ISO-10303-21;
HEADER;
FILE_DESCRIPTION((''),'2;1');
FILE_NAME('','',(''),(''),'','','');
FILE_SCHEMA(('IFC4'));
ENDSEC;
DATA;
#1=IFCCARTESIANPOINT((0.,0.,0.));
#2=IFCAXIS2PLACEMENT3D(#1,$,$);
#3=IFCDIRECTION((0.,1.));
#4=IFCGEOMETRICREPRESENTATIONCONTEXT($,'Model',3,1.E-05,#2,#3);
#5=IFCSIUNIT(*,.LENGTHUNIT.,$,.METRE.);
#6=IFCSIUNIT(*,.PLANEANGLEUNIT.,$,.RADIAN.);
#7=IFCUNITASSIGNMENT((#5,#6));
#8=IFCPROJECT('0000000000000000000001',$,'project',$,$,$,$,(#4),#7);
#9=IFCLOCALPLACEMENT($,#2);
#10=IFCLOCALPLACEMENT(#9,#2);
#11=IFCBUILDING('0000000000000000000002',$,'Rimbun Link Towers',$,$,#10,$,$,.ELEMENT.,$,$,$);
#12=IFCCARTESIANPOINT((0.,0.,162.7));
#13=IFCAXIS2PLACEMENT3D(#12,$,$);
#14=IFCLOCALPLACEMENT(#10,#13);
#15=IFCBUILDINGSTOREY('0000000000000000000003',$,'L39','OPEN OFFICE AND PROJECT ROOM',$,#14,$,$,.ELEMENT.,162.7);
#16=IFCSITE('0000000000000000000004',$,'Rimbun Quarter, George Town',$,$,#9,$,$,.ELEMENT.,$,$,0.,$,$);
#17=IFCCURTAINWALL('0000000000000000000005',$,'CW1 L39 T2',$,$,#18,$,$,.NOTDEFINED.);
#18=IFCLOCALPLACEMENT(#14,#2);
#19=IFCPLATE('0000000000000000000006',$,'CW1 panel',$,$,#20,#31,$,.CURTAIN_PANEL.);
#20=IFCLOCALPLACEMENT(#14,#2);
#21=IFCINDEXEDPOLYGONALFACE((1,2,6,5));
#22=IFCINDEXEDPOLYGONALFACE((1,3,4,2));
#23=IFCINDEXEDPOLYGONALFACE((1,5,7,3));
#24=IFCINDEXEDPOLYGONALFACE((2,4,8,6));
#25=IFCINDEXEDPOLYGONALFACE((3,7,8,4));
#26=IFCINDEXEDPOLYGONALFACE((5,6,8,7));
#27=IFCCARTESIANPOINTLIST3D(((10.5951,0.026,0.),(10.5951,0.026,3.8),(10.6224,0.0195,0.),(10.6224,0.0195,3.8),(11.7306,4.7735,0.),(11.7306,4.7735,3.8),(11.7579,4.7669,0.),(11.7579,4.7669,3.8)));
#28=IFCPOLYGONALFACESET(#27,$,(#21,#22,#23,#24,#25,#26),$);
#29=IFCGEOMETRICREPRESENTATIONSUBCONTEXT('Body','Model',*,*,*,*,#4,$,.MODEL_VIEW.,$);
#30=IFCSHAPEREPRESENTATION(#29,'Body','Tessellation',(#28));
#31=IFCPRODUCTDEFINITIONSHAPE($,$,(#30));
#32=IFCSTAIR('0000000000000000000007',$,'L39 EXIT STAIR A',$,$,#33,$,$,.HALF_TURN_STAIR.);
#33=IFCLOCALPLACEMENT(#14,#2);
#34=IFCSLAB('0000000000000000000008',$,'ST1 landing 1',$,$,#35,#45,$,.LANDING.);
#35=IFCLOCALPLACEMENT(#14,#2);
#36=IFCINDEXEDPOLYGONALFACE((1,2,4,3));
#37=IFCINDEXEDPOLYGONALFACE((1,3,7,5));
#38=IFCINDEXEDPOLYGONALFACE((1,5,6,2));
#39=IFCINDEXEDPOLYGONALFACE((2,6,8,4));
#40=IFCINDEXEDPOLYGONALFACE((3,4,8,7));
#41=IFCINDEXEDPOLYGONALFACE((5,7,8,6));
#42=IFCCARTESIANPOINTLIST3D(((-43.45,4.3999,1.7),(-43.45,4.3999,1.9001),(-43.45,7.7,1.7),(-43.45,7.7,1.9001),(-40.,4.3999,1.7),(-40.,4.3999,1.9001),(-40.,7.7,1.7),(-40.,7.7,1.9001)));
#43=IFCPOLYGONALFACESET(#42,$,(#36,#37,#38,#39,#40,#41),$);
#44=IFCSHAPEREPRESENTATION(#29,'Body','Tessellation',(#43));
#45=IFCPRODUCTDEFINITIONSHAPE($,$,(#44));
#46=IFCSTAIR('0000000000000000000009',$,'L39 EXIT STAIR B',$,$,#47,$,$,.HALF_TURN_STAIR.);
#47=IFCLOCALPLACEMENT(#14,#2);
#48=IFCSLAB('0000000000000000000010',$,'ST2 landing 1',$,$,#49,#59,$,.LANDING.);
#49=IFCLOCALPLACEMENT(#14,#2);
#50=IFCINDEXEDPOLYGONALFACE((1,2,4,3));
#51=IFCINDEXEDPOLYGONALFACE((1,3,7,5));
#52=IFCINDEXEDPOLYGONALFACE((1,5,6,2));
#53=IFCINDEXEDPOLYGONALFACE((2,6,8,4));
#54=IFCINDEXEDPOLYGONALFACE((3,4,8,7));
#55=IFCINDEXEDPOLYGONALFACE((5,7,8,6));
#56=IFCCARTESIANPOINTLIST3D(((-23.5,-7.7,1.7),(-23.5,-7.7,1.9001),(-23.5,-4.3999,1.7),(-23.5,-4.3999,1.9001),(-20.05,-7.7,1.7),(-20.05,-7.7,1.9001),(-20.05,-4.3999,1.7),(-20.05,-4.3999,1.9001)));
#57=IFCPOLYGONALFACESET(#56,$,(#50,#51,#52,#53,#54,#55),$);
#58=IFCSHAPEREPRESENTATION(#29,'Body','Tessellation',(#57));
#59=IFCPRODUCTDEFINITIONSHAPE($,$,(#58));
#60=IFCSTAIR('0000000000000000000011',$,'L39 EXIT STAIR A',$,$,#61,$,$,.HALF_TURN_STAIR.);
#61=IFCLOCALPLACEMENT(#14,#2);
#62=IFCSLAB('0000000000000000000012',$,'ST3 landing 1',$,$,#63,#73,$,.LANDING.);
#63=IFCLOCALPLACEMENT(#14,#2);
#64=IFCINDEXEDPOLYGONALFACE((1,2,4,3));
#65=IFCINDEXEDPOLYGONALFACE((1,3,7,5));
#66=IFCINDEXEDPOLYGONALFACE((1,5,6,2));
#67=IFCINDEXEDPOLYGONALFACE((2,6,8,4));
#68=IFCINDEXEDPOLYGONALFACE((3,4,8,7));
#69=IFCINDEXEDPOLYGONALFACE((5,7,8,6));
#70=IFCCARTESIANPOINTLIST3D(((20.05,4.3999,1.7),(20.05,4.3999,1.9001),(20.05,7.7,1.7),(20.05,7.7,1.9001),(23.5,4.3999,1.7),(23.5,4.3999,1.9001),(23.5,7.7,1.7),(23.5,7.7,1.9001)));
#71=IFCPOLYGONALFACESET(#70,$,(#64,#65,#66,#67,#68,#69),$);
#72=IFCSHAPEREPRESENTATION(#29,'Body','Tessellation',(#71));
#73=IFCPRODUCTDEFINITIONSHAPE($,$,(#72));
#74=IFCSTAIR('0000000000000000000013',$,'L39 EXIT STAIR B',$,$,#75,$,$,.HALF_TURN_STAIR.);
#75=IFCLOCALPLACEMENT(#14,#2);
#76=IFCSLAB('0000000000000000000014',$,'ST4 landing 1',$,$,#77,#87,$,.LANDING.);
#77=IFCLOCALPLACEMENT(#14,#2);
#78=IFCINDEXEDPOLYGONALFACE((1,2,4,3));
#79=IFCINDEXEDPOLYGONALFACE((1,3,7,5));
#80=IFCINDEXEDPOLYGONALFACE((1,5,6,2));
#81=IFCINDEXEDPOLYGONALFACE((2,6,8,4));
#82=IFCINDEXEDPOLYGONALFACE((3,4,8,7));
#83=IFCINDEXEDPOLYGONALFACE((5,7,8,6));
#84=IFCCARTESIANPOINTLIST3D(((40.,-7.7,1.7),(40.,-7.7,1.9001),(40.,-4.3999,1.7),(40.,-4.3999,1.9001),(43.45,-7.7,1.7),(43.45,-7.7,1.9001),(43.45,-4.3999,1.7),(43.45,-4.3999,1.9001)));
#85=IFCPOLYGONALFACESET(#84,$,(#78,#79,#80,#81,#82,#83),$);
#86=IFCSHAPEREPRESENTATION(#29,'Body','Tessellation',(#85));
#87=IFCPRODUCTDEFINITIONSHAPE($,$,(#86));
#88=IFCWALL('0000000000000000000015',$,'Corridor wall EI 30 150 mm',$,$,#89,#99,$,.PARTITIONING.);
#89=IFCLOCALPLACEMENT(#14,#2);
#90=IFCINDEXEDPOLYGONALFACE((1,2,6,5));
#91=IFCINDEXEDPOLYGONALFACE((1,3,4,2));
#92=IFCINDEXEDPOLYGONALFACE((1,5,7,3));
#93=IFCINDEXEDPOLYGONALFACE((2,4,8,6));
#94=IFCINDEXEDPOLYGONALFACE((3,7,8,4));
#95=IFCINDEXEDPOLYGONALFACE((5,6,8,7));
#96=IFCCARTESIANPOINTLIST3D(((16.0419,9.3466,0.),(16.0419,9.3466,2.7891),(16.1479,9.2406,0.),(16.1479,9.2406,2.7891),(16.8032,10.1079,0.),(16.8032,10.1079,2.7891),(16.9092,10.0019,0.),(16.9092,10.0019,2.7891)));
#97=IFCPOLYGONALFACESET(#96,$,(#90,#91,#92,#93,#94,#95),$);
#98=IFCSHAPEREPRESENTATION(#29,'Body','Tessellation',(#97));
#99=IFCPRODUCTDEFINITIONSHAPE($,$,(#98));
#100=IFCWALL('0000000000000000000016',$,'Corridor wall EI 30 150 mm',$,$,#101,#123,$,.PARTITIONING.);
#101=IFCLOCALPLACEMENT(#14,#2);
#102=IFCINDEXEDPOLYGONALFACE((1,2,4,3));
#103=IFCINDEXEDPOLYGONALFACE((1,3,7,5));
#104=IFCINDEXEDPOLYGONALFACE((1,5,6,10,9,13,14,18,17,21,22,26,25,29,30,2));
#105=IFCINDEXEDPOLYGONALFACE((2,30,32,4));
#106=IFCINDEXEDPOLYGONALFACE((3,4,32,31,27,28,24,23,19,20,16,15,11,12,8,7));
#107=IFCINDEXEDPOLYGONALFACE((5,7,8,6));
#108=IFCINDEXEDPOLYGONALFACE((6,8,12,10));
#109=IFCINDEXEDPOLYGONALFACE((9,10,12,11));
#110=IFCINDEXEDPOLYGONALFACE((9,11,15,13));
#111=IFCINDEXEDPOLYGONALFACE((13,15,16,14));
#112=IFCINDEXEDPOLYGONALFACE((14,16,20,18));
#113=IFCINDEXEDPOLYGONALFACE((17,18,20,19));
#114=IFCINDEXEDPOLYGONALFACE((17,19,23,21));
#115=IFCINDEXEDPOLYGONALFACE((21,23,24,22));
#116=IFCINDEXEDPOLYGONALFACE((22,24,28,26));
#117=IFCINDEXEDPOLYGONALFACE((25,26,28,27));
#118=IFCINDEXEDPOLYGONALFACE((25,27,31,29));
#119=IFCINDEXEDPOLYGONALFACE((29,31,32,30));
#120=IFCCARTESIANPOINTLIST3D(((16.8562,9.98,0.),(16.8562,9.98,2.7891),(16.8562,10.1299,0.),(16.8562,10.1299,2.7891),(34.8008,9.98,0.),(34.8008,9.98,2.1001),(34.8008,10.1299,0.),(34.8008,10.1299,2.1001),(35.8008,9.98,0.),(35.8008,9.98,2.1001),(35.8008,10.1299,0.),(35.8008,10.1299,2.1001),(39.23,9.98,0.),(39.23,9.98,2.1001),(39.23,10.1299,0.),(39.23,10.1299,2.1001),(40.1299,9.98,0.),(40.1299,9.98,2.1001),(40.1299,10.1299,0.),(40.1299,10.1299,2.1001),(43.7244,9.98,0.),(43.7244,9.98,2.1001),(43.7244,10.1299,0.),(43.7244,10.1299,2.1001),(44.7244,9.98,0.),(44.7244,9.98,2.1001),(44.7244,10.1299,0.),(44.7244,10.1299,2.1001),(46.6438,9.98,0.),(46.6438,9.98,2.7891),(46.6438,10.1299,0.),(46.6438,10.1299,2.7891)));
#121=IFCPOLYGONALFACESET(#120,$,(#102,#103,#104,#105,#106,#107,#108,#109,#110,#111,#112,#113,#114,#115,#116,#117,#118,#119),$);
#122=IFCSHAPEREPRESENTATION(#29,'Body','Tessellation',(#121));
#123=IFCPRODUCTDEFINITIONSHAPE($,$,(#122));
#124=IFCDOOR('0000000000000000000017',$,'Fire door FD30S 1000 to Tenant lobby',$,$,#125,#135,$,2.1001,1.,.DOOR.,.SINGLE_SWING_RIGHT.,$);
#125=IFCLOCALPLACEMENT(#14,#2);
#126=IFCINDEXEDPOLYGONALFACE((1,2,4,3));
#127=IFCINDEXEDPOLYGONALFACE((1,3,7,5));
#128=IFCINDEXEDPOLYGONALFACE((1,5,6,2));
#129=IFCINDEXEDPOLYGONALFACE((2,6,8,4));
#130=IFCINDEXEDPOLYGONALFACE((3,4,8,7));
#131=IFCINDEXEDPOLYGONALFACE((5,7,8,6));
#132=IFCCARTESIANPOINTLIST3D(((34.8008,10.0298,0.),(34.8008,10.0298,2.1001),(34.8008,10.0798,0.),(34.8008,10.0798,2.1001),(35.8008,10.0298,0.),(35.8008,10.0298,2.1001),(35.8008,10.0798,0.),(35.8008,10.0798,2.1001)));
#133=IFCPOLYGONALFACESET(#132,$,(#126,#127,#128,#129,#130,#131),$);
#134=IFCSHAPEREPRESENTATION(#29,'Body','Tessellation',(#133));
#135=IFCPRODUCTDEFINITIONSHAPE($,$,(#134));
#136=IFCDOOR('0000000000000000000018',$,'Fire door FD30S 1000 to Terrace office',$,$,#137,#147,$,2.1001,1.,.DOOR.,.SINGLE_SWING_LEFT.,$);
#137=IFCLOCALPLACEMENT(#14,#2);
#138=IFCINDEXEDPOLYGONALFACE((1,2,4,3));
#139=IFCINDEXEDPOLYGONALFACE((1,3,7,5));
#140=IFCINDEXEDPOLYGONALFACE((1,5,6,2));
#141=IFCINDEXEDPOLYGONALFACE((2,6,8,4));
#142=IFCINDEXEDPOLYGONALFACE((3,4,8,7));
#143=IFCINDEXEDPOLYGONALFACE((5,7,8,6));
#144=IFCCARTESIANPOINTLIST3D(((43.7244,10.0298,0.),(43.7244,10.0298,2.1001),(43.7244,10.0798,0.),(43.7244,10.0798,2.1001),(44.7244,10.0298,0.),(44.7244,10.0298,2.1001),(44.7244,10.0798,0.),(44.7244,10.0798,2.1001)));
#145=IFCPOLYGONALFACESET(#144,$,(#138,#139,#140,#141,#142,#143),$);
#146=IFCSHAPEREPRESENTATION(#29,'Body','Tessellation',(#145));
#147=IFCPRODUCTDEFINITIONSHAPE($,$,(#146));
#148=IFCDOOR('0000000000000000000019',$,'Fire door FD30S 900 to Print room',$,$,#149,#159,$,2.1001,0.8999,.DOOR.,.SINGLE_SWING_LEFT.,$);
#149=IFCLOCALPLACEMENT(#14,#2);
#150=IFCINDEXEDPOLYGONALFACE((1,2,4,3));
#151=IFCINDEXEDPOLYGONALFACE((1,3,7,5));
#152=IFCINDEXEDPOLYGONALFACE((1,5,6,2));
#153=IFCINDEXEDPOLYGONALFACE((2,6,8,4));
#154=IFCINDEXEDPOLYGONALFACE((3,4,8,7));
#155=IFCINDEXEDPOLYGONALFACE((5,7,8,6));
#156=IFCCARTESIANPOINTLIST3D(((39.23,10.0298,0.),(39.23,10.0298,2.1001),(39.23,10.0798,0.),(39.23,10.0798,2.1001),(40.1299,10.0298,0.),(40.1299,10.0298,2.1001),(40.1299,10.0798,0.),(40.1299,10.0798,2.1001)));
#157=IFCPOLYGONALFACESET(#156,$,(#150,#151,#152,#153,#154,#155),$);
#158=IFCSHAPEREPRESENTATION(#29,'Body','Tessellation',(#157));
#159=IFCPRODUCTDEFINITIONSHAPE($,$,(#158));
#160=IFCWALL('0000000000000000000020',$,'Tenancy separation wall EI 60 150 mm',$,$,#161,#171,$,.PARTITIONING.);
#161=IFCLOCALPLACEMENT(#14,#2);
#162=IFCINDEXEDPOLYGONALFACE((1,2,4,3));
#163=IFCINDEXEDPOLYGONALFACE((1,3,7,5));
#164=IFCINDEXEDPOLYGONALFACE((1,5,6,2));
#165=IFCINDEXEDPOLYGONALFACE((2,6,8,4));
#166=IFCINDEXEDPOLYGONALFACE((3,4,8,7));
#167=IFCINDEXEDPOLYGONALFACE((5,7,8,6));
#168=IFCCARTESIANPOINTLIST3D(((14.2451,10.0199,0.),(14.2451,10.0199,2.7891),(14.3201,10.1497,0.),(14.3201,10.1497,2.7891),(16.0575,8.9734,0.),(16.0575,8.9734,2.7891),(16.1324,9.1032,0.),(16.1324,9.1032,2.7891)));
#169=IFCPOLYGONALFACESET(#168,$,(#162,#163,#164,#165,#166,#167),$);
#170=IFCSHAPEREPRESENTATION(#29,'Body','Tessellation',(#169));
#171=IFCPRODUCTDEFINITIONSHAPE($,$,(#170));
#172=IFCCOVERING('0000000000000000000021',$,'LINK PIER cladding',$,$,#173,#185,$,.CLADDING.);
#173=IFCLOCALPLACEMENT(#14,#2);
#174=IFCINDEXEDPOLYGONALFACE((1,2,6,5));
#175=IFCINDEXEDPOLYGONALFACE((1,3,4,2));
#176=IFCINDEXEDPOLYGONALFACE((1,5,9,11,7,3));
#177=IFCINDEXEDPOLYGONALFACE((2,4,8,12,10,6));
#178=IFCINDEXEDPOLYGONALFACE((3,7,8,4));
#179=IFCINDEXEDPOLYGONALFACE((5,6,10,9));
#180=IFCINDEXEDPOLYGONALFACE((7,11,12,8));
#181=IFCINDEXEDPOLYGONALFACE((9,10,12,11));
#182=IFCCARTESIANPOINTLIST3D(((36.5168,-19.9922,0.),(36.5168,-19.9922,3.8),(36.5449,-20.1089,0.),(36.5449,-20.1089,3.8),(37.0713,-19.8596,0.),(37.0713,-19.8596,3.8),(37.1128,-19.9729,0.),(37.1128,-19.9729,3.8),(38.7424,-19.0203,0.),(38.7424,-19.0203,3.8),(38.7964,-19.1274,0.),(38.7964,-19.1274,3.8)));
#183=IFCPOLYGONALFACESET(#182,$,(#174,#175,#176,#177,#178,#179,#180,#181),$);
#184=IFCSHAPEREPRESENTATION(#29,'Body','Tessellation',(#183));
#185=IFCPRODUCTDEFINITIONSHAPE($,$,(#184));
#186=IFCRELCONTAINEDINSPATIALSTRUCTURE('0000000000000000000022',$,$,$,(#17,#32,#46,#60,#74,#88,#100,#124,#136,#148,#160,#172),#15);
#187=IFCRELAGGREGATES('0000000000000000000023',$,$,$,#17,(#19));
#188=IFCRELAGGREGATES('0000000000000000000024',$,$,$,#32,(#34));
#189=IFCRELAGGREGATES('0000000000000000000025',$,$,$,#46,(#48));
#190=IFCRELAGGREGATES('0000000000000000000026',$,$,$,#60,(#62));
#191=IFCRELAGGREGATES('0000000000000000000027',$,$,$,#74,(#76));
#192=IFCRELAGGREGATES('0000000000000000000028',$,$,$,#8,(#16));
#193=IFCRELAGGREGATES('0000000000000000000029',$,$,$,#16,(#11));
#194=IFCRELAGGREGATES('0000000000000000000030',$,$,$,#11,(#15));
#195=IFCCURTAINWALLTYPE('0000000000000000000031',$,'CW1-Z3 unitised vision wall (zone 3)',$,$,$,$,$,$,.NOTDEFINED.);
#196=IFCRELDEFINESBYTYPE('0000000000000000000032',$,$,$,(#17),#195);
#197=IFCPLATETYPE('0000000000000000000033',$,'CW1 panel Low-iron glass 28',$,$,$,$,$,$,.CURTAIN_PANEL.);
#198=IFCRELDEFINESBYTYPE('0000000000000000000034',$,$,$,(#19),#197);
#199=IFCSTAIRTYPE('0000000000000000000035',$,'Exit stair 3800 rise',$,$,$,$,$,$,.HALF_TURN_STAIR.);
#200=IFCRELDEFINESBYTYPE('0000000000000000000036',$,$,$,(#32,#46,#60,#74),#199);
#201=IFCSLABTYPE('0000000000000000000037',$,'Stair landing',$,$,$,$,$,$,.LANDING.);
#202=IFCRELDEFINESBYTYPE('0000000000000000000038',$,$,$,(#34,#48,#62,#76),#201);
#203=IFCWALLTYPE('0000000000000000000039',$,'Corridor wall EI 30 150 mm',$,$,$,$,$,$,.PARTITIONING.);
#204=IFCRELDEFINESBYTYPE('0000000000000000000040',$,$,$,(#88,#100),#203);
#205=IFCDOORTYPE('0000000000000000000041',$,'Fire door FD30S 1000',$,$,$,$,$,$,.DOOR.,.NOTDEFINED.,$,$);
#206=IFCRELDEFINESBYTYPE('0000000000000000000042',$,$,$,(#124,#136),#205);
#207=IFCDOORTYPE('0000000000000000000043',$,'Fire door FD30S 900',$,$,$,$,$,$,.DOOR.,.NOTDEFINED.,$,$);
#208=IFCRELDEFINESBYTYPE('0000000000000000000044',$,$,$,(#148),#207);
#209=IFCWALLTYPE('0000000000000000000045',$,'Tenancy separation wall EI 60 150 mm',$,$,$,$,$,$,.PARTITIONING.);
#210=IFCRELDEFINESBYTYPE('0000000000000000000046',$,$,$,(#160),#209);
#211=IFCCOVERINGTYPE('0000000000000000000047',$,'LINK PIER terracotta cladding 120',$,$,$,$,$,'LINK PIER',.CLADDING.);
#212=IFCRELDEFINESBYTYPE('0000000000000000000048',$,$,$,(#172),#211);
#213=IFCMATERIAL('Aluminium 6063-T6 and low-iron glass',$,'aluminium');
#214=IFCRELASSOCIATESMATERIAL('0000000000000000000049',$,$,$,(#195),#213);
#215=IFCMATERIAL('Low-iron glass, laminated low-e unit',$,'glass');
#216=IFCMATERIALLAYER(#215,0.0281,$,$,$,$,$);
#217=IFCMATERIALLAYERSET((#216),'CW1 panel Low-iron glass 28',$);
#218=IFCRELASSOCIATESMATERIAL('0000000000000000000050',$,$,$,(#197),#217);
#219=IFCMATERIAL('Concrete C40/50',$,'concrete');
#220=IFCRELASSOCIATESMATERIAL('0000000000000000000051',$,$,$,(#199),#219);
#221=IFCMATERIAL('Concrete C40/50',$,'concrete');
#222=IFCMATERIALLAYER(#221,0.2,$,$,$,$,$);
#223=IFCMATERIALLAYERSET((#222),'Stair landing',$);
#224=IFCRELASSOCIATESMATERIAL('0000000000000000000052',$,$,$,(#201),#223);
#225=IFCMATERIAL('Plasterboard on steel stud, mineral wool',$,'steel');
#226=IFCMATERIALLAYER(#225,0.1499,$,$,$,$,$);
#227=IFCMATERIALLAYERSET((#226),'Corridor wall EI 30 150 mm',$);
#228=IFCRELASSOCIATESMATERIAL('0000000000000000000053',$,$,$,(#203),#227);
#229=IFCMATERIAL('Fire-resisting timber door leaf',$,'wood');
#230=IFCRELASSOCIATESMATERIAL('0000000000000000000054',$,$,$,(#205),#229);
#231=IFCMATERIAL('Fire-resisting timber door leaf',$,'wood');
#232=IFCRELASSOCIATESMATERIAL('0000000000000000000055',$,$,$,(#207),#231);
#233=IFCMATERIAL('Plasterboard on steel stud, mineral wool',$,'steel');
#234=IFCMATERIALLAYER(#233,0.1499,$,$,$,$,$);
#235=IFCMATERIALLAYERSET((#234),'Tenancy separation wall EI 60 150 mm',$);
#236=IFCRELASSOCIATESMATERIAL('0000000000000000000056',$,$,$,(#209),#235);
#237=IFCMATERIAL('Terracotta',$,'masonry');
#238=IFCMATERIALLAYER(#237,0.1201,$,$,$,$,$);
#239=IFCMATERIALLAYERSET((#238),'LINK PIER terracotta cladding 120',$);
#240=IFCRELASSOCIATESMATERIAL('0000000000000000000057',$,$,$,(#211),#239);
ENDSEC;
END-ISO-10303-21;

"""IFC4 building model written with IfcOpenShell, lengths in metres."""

from ifc_helpers import new_model, si_unit, direction, frame, frame_2d, origin, origin_2d, place, context, subcontext, project, spatial, polyline, rectangle, outline, extrude, material, layer, layer_set, type_object, element, fill, aggregate, save


model = new_model("IFC4")

# Units and contexts
model_context = context("Model", 3, precision=1e-05, world=origin(), true_north=direction((0.0, 1.0)))
body_context = subcontext(model_context, "Body", "Model", "MODEL_VIEW")
ifc_project = project(units=[si_unit("LENGTHUNIT", "METRE"), si_unit("PLANEANGLEUNIT", "RADIAN")], contexts=[model_context])

# Site, building, storey
site_placement = place(None, origin())
site = spatial("IfcSite", under=ifc_project, at=site_placement, Name="Rimbun Quarter, George Town", CompositionType="ELEMENT", RefElevation=0.0)
building_placement = place(site_placement, origin())
building = spatial("IfcBuilding", under=site, at=building_placement, Name="Rimbun Link Towers", CompositionType="ELEMENT")
storey_placement = place(building_placement, frame((0.0, 0.0, 162.7)))
storey = spatial("IfcBuildingStorey", under=building, at=storey_placement, Name="L39", Description="OPEN OFFICE AND PROJECT ROOM", CompositionType="ELEMENT", Elevation=162.7)

# Curtain wall
ifc_material_1 = material(Name="Aluminium 6063-T6 and low-iron glass", Category="aluminium")
curtain_wall_type = type_object("IfcCurtainWallType", Name="CW1-Z3 unitised vision wall (zone 3)", PredefinedType="NOTDEFINED", material=ifc_material_1)
curtain_wall_placement = place(storey_placement, origin())
curtain_wall = element("IfcCurtainWall", 1, at=curtain_wall_placement, inside=storey, type_object=curtain_wall_type, Name="CW1 L39 T2", PredefinedType="NOTDEFINED")

# Plate
ifc_material_2 = material(Name="Low-iron glass, laminated low-e unit", Category="glass")
ifc_layer_1 = layer(ifc_material_2, 0.0281)
ifc_layer_set_1 = layer_set([ifc_layer_1], Name="CW1 panel Low-iron glass 28")
plate_type = type_object("IfcPlateType", Name="CW1 panel Low-iron glass 28", PredefinedType="CURTAIN_PANEL", material=ifc_layer_set_1)
plate_1_placement = place(storey_placement, frame((11.1765, 2.3965, 0.0), z_axis=(0.0, 0.0, 1.0), x_axis=(0.23261, 0.97257, 0.0)))
plate_1 = element("IfcPlate", 2, at=plate_1_placement, type_object=plate_type, Name="CW1 panel", PredefinedType="CURTAIN_PANEL", context=body_context, shape_type="SweptSolid", body=[
    extrude(rectangle(XDim=4.8813, YDim=0.0281, at=origin_2d()), origin(), (0.0, 0.0, 1.0), 3.8),
])
aggregate(curtain_wall, [plate_1])

# Stairs, slabs
ifc_material_3 = material(Name="Concrete C40/50", Category="concrete")
stair_type = type_object("IfcStairType", Name="Exit stair 3800 rise", PredefinedType="HALF_TURN_STAIR", material=ifc_material_3)
stair_1_placement = place(storey_placement, origin())
stair_1 = element("IfcStair", 3, at=stair_1_placement, inside=storey, type_object=stair_type, Name="L39 EXIT STAIR A", PredefinedType="HALF_TURN_STAIR")
ifc_material_4 = material(Name="Concrete C40/50", Category="concrete")
ifc_layer_2 = layer(ifc_material_4, 0.2)
ifc_layer_set_2 = layer_set([ifc_layer_2], Name="Stair landing")
slab_type = type_object("IfcSlabType", Name="Stair landing", PredefinedType="LANDING", material=ifc_layer_set_2)
slab_1_placement = place(storey_placement, frame((0.0, 0.0, 1.7)))
slab_1 = element("IfcSlab", 4, at=slab_1_placement, type_object=slab_type, Name="ST1 landing 1", PredefinedType="LANDING", context=body_context, shape_type="SweptSolid", body=[
    extrude(outline(polyline([(-40.0, 7.7), (-43.45, 7.7), (-43.45, 4.3999), (-40.0, 4.3999), (-40.0, 7.7)])), origin(), (0.0, 0.0, 1.0), 0.2002),
])
aggregate(stair_1, [slab_1])
stair_2_placement = place(storey_placement, origin())
stair_2 = element("IfcStair", 5, at=stair_2_placement, inside=storey, type_object=stair_type, Name="L39 EXIT STAIR B", PredefinedType="HALF_TURN_STAIR")
slab_2_placement = place(storey_placement, frame((0.0, 0.0, 1.7)))
slab_2 = element("IfcSlab", 6, at=slab_2_placement, type_object=slab_type, Name="ST2 landing 1", PredefinedType="LANDING", context=body_context, shape_type="SweptSolid", body=[
    extrude(outline(polyline([(-23.5, -7.7), (-20.05, -7.7), (-20.05, -4.3999), (-23.5, -4.3999), (-23.5, -7.7)])), origin(), (0.0, 0.0, 1.0), 0.2002),
])
aggregate(stair_2, [slab_2])
stair_3_placement = place(storey_placement, origin())
stair_3 = element("IfcStair", 7, at=stair_3_placement, inside=storey, type_object=stair_type, Name="L39 EXIT STAIR A", PredefinedType="HALF_TURN_STAIR")
slab_3_placement = place(storey_placement, frame((0.0, 0.0, 1.7)))
slab_3 = element("IfcSlab", 8, at=slab_3_placement, type_object=slab_type, Name="ST3 landing 1", PredefinedType="LANDING", context=body_context, shape_type="SweptSolid", body=[
    extrude(outline(polyline([(23.5, 7.7), (20.05, 7.7), (20.05, 4.3999), (23.5, 4.3999), (23.5, 7.7)])), origin(), (0.0, 0.0, 1.0), 0.2002),
])
aggregate(stair_3, [slab_3])
stair_4_placement = place(storey_placement, origin())
stair_4 = element("IfcStair", 9, at=stair_4_placement, inside=storey, type_object=stair_type, Name="L39 EXIT STAIR B", PredefinedType="HALF_TURN_STAIR")
slab_4_placement = place(storey_placement, frame((0.0, 0.0, 1.7)))
slab_4 = element("IfcSlab", 10, at=slab_4_placement, type_object=slab_type, Name="ST4 landing 1", PredefinedType="LANDING", context=body_context, shape_type="SweptSolid", body=[
    extrude(outline(polyline([(40.0, -7.7), (43.45, -7.7), (43.45, -4.3999), (40.0, -4.3999), (40.0, -7.7)])), origin(), (0.0, 0.0, 1.0), 0.2002),
])
aggregate(stair_4, [slab_4])

# Wall
ifc_material_5 = material(Name="Plasterboard on steel stud, mineral wool", Category="steel")
ifc_layer_3 = layer(ifc_material_5, 0.1499)
ifc_layer_set_3 = layer_set([ifc_layer_3], Name="Corridor wall EI 30 150 mm")
wall_type_1 = type_object("IfcWallType", Name="Corridor wall EI 30 150 mm", PredefinedType="PARTITIONING", material=ifc_layer_set_3)
wall_1_placement = place(storey_placement, frame((16.8562, 10.0549, 0.0), z_axis=(0.0, 0.0, 1.0), x_axis=(-0.707107, -0.707107, 0.0)))
element("IfcWall", 11, at=wall_1_placement, inside=storey, type_object=wall_type_1, Name="Corridor wall EI 30 150 mm", PredefinedType="PARTITIONING", context=body_context, shape_type="SweptSolid", body=[
    extrude(rectangle(XDim=1.0767, YDim=0.1499, at=frame_2d((0.5383, 0.0))), origin(), (0.0, 0.0, 1.0), 2.7891),
])

# Wall, openings, doors
wall_2_placement = place(storey_placement, frame((16.8562, 10.0549, 0.0), z_axis=(0.0, 0.0, 1.0), x_axis=(1.0, 0.0, 0.0)))
wall_2 = element("IfcWall", 12, at=wall_2_placement, inside=storey, type_object=wall_type_1, Name="Corridor wall EI 30 150 mm", PredefinedType="PARTITIONING", context=body_context, shape_type="SweptSolid", body=[
    extrude(rectangle(XDim=29.7876, YDim=0.1499, at=frame_2d((14.8938, 0.0))), origin(), (0.0, 0.0, 1.0), 2.7891),
])
opening_1_placement = place(wall_2_placement, frame((22.3738, 0.0, 0.0)))
opening_1 = element("IfcOpeningElement", 13, at=opening_1_placement, cuts=wall_2, PredefinedType="OPENING", context=body_context, shape_type="SweptSolid", body=[
    extrude(rectangle(XDim=0.8999, YDim=2.1001, at=frame_2d((0.45, 1.05))), frame((0.0, 0.085, 0.0), z_axis=(0.0, -1.0, 0.0), x_axis=(1.0, 0.0, 0.0)), (0.0, 0.0, 1.0), 0.1699),
])
opening_2_placement = place(wall_2_placement, frame((17.9446, 0.0, 0.0)))
opening_2 = element("IfcOpeningElement", 14, at=opening_2_placement, cuts=wall_2, PredefinedType="OPENING", context=body_context, shape_type="SweptSolid", body=[
    extrude(rectangle(XDim=1.0, YDim=2.1001, at=frame_2d((0.5, 1.05))), frame((0.0, 0.085, 0.0), z_axis=(0.0, -1.0, 0.0), x_axis=(1.0, 0.0, 0.0)), (0.0, 0.0, 1.0), 0.1699),
])
opening_3_placement = place(wall_2_placement, frame((26.8682, 0.0, 0.0)))
opening_3 = element("IfcOpeningElement", 15, at=opening_3_placement, cuts=wall_2, PredefinedType="OPENING", context=body_context, shape_type="SweptSolid", body=[
    extrude(rectangle(XDim=1.0, YDim=2.1001, at=frame_2d((0.5, 1.05))), frame((0.0, 0.085, 0.0), z_axis=(0.0, -1.0, 0.0), x_axis=(1.0, 0.0, 0.0)), (0.0, 0.0, 1.0), 0.1699),
])
ifc_material_6 = material(Name="Fire-resisting timber door leaf", Category="wood")
door_type_1 = type_object("IfcDoorType", Name="Fire door FD30S 1000", OperationType="NOTDEFINED", PredefinedType="DOOR", material=ifc_material_6)
door_1_placement = place(opening_2_placement, origin())
door_1 = element("IfcDoor", 16, at=door_1_placement, inside=storey, type_object=door_type_1, Name="Fire door FD30S 1000 to Tenant lobby", OperationType="SINGLE_SWING_RIGHT", OverallHeight=2.1001, OverallWidth=1.0, PredefinedType="DOOR", context=body_context, shape_type="SweptSolid", body=[
    extrude(rectangle(XDim=1.0, YDim=2.1001, at=frame_2d((0.5, 1.05))), frame((0.0, 0.0249, 0.0), z_axis=(0.0, -1.0, 0.0), x_axis=(1.0, 0.0, 0.0)), (0.0, 0.0, 1.0), 0.05),
])
fill(opening_2, door_1)
door_2_placement = place(opening_3_placement, origin())
door_2 = element("IfcDoor", 17, at=door_2_placement, inside=storey, type_object=door_type_1, Name="Fire door FD30S 1000 to Terrace office", OperationType="SINGLE_SWING_LEFT", OverallHeight=2.1001, OverallWidth=1.0, PredefinedType="DOOR", context=body_context, shape_type="SweptSolid", body=[
    extrude(rectangle(XDim=1.0, YDim=2.1001, at=frame_2d((0.5, 1.05))), frame((0.0, 0.0249, 0.0), z_axis=(0.0, -1.0, 0.0), x_axis=(1.0, 0.0, 0.0)), (0.0, 0.0, 1.0), 0.05),
])
fill(opening_3, door_2)
ifc_material_7 = material(Name="Fire-resisting timber door leaf", Category="wood")
door_type_2 = type_object("IfcDoorType", Name="Fire door FD30S 900", OperationType="NOTDEFINED", PredefinedType="DOOR", material=ifc_material_7)
door_3_placement = place(opening_1_placement, origin())
door_3 = element("IfcDoor", 18, at=door_3_placement, inside=storey, type_object=door_type_2, Name="Fire door FD30S 900 to Print room", OperationType="SINGLE_SWING_LEFT", OverallHeight=2.1001, OverallWidth=0.8999, PredefinedType="DOOR", context=body_context, shape_type="SweptSolid", body=[
    extrude(rectangle(XDim=0.8999, YDim=2.1001, at=frame_2d((0.45, 1.05))), frame((0.0, 0.0249, 0.0), z_axis=(0.0, -1.0, 0.0), x_axis=(1.0, 0.0, 0.0)), (0.0, 0.0, 1.0), 0.05),
])
fill(opening_1, door_3)

# Wall
ifc_material_8 = material(Name="Plasterboard on steel stud, mineral wool", Category="steel")
ifc_layer_4 = layer(ifc_material_8, 0.1499)
ifc_layer_set_4 = layer_set([ifc_layer_4], Name="Tenancy separation wall EI 60 150 mm")
wall_type_2 = type_object("IfcWallType", Name="Tenancy separation wall EI 60 150 mm", PredefinedType="PARTITIONING", material=ifc_layer_set_4)
wall_3_placement = place(storey_placement, frame((16.095, 9.0383, 0.0), z_axis=(0.0, 0.0, 1.0), x_axis=(-0.866009, 0.500029, 0.0)))
element("IfcWall", 19, at=wall_3_placement, inside=storey, type_object=wall_type_2, Name="Tenancy separation wall EI 60 150 mm", PredefinedType="PARTITIONING", context=body_context, shape_type="SweptSolid", body=[
    extrude(rectangle(XDim=2.0928, YDim=0.1499, at=frame_2d((1.0464, 0.0))), origin(), (0.0, 0.0, 1.0), 2.7891),
])

# Covering
ifc_material_9 = material(Name="Terracotta", Category="masonry")
ifc_layer_5 = layer(ifc_material_9, 0.1201)
ifc_layer_set_5 = layer_set([ifc_layer_5], Name="LINK PIER terracotta cladding 120")
covering_type_1 = type_object("IfcCoveringType", Name="LINK PIER terracotta cladding 120", ElementType="LINK PIER", PredefinedType="CLADDING", material=ifc_layer_set_5)
covering_1_placement = place(storey_placement, origin())
element("IfcCovering", 20, at=covering_1_placement, inside=storey, type_object=covering_type_1, Name="LINK PIER cladding", PredefinedType="CLADDING", context=body_context, shape_type="SweptSolid", body=[
    extrude(outline(polyline([(38.7424, -19.0203), (37.0713, -19.8596), (36.5168, -19.9922), (36.5449, -20.1089), (37.1128, -19.9729), (38.7964, -19.1274), (38.7424, -19.0203)])), origin(), (0.0, 0.0, 1.0), 3.8),
])

save(model, "model.ifc")
